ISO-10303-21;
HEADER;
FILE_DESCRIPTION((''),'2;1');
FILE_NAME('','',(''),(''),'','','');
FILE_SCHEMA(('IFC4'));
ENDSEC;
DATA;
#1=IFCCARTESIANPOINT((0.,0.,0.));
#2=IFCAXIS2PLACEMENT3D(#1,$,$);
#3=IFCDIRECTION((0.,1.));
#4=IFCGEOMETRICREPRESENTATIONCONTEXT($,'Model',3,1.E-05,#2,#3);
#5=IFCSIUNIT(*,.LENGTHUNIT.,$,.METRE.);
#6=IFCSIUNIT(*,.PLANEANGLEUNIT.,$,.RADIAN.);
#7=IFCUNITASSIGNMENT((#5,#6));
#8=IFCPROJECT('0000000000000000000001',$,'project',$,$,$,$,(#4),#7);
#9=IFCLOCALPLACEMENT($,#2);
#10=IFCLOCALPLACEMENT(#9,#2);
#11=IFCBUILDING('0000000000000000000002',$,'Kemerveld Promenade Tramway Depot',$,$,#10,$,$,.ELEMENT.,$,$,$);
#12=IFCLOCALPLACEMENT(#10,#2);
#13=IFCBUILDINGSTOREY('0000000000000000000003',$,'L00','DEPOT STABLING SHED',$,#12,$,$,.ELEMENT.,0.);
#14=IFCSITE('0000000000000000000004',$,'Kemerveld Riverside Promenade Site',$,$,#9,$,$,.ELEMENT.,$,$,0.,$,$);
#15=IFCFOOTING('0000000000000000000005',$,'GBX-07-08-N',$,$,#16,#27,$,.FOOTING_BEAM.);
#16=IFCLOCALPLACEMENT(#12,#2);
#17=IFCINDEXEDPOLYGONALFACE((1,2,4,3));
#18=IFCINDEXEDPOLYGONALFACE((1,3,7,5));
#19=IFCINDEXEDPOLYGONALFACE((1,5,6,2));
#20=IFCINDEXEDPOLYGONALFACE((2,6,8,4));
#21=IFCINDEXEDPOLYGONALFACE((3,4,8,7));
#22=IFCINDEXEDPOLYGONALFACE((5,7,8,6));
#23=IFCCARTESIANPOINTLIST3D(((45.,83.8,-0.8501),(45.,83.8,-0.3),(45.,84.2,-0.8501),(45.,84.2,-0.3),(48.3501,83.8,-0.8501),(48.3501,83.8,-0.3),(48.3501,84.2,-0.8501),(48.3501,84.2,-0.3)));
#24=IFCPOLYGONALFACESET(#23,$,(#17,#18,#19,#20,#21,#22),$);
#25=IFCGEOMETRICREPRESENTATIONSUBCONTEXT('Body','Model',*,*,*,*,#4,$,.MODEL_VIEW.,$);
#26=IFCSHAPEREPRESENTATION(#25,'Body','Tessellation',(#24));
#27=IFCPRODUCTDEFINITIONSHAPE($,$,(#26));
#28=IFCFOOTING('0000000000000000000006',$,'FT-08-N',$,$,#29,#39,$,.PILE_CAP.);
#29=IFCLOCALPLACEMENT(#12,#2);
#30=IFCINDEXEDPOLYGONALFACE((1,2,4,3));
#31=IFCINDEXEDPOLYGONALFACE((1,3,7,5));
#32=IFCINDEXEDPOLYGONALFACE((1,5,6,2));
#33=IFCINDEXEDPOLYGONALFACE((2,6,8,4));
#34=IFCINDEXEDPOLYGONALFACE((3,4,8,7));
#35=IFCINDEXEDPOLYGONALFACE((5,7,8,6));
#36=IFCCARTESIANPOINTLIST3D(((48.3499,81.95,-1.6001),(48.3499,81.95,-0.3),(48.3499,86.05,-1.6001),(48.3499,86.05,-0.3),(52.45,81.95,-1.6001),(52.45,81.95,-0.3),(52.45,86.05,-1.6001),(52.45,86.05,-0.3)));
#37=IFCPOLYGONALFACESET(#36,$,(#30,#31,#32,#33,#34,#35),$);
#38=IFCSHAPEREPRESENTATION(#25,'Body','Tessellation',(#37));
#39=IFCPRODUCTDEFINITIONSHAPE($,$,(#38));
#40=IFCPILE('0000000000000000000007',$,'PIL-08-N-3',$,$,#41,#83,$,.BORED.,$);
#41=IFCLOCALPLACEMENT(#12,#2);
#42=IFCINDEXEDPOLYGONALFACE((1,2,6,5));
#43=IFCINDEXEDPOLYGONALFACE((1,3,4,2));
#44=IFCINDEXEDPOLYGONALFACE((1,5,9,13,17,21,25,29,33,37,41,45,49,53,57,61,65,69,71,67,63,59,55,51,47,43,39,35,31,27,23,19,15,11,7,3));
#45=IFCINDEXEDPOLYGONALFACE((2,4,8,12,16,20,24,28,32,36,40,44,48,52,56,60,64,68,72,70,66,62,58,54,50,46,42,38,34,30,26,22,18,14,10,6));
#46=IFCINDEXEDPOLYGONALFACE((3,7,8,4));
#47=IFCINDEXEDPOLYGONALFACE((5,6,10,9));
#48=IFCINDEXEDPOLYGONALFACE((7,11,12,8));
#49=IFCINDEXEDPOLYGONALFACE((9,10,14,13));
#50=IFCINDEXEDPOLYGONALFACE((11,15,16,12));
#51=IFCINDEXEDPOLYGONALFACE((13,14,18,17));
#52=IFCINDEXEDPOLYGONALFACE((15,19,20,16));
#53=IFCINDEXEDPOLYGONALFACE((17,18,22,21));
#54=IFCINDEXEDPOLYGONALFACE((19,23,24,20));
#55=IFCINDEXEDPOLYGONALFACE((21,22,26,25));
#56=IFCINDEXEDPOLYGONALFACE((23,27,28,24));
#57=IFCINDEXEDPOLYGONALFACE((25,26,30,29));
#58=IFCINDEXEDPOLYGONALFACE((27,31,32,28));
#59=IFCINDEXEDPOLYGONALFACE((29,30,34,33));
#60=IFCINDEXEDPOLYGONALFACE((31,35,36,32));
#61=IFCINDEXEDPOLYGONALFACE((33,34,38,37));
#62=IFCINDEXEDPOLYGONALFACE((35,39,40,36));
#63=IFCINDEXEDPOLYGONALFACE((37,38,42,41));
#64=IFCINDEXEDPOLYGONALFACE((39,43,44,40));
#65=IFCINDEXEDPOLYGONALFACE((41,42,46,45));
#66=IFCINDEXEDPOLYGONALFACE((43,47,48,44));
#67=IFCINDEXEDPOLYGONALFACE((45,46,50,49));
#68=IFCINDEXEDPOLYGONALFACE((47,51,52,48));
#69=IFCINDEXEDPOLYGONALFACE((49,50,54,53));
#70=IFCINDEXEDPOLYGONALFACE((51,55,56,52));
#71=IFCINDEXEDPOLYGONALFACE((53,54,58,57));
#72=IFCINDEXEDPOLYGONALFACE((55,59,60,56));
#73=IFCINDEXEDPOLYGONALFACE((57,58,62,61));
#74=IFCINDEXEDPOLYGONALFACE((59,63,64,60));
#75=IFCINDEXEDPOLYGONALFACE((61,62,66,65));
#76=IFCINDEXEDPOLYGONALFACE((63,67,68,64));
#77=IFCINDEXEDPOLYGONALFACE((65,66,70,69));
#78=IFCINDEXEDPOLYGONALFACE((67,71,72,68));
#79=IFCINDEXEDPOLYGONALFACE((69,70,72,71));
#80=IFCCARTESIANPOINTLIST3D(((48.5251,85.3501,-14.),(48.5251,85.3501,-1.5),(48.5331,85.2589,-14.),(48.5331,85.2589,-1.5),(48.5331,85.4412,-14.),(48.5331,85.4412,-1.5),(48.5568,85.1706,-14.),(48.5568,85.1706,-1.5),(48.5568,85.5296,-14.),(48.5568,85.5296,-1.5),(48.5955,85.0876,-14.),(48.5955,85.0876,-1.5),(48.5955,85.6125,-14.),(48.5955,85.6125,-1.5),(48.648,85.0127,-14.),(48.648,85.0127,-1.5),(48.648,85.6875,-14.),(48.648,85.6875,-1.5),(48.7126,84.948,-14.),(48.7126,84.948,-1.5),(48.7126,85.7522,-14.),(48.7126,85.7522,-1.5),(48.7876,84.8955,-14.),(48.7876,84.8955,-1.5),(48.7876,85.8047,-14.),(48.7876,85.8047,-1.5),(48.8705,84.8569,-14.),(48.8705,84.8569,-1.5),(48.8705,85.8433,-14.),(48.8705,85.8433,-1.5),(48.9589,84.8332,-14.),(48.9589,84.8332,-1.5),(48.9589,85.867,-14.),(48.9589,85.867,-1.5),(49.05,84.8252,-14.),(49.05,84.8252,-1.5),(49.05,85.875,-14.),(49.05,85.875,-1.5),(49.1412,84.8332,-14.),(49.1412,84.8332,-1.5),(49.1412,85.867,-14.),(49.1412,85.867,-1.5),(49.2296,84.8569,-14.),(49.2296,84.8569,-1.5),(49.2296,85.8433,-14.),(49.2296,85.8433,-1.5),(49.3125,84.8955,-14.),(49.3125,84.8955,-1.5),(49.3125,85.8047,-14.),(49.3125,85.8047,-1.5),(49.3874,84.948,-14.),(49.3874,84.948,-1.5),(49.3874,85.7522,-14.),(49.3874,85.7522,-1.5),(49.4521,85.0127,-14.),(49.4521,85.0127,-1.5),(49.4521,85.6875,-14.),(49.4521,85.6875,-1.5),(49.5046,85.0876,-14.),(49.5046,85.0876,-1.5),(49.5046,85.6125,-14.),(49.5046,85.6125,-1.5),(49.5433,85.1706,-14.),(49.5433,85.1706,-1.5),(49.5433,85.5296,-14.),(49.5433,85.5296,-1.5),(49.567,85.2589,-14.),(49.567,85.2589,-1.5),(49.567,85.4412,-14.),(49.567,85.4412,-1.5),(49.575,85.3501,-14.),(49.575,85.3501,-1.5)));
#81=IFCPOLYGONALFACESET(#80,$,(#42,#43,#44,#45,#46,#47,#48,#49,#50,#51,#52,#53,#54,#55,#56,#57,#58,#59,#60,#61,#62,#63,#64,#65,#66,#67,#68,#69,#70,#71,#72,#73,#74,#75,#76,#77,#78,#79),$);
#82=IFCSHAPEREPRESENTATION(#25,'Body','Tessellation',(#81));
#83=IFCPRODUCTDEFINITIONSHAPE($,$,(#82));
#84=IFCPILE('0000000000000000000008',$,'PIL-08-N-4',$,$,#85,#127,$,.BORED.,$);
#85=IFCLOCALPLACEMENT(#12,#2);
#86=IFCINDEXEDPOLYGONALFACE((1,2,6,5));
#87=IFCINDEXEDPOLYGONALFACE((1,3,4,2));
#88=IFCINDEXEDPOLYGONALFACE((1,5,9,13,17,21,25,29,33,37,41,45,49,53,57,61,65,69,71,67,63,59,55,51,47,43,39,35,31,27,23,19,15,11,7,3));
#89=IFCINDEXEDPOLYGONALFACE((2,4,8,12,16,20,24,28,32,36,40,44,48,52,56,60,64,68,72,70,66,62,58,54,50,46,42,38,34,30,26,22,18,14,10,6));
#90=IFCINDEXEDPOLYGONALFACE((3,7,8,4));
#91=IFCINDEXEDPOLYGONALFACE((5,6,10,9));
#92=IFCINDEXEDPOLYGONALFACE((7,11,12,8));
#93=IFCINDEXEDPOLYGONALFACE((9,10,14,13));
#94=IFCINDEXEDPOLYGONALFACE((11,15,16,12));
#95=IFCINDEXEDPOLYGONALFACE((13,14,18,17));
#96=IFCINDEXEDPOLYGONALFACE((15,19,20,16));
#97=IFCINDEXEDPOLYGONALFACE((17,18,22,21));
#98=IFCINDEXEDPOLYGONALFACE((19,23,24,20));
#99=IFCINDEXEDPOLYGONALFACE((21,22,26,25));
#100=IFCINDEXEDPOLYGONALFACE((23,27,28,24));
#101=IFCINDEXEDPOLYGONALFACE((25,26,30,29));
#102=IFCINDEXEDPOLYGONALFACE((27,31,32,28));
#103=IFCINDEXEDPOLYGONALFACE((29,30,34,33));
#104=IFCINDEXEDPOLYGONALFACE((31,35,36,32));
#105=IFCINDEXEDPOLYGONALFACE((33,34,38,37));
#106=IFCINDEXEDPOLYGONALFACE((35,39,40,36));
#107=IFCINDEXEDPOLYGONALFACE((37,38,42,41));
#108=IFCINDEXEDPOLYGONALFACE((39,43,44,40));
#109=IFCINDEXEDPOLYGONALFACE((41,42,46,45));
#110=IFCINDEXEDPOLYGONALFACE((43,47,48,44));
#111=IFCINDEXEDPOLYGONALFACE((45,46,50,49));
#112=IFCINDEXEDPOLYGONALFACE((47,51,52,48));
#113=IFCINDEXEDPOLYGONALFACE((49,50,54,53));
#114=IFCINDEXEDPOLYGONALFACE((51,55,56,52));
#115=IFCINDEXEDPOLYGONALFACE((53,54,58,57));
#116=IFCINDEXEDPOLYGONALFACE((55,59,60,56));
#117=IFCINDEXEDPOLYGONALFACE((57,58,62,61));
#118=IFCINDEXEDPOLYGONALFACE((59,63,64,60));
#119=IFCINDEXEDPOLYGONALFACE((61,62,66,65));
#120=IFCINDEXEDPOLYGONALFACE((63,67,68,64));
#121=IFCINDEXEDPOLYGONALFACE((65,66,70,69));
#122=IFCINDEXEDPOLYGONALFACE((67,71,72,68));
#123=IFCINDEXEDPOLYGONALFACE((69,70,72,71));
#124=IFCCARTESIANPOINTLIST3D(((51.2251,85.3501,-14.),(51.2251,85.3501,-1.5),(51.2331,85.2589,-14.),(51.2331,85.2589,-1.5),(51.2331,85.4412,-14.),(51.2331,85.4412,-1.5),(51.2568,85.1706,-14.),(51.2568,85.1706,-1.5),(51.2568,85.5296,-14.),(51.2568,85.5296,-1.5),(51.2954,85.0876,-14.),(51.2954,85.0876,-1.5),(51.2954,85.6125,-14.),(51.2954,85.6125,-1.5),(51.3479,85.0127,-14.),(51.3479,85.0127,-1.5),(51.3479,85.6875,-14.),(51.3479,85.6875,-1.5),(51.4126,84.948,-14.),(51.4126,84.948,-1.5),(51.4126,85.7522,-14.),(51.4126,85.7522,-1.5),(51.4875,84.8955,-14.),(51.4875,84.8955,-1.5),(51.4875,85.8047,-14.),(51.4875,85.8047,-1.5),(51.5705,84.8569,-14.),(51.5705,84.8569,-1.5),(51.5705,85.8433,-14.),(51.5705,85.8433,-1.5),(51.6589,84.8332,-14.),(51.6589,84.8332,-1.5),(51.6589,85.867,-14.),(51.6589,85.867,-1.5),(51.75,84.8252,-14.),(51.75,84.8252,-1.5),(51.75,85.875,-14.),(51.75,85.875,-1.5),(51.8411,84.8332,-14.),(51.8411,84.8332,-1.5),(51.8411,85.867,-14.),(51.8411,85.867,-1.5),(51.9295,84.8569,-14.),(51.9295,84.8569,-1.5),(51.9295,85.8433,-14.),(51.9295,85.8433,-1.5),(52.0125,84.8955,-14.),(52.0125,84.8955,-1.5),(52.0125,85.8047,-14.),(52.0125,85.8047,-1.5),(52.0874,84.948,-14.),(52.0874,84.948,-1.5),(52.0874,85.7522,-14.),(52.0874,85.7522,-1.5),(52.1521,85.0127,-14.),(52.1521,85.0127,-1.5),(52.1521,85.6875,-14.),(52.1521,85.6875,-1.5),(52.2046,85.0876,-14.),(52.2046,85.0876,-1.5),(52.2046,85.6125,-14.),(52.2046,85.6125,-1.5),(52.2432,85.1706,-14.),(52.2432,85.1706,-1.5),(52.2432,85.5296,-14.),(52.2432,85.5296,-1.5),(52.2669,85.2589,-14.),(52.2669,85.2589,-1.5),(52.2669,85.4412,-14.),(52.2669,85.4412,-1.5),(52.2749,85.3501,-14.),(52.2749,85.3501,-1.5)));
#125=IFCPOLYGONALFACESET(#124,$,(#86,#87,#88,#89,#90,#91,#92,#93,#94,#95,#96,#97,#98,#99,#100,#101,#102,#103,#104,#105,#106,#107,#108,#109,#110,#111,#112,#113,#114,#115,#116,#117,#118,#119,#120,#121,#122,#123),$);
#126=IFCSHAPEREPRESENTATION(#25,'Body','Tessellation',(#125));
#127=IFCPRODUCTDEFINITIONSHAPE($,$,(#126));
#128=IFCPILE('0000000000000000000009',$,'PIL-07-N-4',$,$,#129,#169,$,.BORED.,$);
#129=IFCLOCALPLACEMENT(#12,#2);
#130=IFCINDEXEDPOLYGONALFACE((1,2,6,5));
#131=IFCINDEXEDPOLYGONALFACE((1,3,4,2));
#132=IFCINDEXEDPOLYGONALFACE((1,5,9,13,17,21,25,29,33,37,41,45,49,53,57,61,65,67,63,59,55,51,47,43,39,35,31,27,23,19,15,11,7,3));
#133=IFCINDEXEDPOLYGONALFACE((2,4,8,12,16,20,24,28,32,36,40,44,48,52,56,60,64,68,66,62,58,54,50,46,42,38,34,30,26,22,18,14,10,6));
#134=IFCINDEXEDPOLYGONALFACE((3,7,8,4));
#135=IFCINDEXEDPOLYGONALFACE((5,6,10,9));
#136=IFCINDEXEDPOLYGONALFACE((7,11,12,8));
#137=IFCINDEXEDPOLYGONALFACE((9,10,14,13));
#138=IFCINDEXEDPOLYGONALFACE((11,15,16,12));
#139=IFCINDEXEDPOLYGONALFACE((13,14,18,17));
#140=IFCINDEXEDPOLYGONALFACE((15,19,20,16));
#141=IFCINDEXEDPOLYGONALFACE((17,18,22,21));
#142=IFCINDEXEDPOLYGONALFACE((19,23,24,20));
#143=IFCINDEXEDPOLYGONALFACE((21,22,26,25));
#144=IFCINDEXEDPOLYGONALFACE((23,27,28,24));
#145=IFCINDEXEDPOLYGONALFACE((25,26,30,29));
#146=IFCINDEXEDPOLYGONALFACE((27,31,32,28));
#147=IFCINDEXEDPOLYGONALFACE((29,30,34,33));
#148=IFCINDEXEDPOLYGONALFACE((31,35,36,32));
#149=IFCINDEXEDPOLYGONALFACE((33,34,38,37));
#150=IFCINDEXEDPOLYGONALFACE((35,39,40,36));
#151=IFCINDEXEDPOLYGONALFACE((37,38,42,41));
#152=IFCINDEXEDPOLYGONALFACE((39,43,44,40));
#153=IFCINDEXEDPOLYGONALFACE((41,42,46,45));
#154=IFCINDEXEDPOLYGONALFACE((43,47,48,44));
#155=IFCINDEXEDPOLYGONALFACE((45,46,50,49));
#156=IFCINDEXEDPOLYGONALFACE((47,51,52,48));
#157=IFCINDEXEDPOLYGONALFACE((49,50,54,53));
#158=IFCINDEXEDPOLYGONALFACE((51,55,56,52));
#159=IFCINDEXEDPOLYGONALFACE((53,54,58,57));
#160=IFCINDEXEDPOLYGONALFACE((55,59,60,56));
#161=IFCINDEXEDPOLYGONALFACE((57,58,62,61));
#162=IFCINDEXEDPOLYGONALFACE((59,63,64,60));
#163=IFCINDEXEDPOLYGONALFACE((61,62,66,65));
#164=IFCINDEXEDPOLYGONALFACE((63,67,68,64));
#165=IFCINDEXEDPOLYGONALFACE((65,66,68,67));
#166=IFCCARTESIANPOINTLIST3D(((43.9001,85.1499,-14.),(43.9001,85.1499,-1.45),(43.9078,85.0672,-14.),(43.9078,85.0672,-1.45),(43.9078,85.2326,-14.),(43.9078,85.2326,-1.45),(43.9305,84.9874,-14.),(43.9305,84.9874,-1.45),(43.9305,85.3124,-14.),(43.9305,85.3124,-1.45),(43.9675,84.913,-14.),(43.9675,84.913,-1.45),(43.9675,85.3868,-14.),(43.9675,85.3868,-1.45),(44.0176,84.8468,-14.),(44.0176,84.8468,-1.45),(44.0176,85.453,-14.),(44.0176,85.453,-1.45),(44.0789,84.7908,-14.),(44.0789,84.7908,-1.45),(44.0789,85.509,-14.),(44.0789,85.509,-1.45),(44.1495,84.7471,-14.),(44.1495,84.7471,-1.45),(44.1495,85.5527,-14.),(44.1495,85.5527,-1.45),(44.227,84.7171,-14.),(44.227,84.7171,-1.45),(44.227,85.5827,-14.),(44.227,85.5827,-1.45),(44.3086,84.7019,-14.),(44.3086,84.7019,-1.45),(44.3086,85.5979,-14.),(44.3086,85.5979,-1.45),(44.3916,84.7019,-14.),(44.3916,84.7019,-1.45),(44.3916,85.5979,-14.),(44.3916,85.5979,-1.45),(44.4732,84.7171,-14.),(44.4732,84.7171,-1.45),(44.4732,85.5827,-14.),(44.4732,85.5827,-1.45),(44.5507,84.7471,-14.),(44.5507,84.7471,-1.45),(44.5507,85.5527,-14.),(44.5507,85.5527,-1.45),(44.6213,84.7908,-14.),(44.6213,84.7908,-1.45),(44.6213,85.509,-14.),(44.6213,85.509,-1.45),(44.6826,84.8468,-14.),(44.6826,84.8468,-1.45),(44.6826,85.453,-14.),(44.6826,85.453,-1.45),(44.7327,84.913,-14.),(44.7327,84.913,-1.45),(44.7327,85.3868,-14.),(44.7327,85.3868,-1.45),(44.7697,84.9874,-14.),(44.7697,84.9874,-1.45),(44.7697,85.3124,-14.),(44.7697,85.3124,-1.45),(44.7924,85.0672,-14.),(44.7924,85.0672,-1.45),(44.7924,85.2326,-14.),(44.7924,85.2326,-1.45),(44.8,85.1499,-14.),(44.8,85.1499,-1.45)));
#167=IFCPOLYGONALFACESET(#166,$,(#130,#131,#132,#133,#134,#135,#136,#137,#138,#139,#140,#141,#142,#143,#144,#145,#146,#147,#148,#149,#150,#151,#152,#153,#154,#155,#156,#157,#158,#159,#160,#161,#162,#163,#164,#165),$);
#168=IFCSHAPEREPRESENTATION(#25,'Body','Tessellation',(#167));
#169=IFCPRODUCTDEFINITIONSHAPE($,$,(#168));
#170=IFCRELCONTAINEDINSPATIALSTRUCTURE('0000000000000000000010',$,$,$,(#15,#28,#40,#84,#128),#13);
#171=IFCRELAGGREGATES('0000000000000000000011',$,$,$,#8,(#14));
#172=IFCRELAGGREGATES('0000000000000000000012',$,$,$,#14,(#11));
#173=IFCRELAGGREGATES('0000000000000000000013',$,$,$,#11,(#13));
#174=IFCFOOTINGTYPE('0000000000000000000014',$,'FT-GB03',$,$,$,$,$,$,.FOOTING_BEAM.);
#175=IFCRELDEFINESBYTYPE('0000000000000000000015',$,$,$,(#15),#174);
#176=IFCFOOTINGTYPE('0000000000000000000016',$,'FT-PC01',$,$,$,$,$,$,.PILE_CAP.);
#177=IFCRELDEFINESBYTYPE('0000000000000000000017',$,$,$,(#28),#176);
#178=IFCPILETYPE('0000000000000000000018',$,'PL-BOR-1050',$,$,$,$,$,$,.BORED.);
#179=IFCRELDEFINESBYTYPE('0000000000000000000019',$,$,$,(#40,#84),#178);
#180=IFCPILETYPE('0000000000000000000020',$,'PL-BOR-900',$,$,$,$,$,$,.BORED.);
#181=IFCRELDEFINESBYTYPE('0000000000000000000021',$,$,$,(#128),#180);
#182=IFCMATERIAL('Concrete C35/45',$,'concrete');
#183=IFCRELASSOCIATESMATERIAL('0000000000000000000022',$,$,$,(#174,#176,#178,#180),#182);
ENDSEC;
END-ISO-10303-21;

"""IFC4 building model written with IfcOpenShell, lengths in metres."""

from ifc_helpers import new_model, si_unit, direction, frame, origin, origin_2d, place, context, subcontext, project, spatial, rectangle, circle, extrude, material, material_profile, profile_set, type_object, element, save


model = new_model("IFC4")

# Units and contexts
model_context = context("Model", 3, precision=1e-05, world=origin(), true_north=direction((0.0, 1.0)))
body_context = subcontext(model_context, "Body", "Model", "MODEL_VIEW")
ifc_project = project(units=[si_unit("LENGTHUNIT", "METRE"), si_unit("PLANEANGLEUNIT", "RADIAN")], contexts=[model_context])

# Site, building, storey
site_placement = place(None, origin())
site = spatial("IfcSite", under=ifc_project, at=site_placement, Name="Kemerveld Riverside Promenade Site", CompositionType="ELEMENT", RefElevation=0.0)
building_placement = place(site_placement, origin())
building = spatial("IfcBuilding", under=site, at=building_placement, Name="Kemerveld Promenade Tramway Depot", CompositionType="ELEMENT")
storey_placement = place(building_placement, origin())
storey = spatial("IfcBuildingStorey", under=building, at=storey_placement, Name="L00", Description="DEPOT STABLING SHED", CompositionType="ELEMENT", Elevation=0.0)

# Footings
ifc_material_1 = material(Name="Concrete C35/45", Category="concrete")
footing_type_1 = type_object("IfcFootingType", Name="FT-GB03", PredefinedType="FOOTING_BEAM", material=ifc_material_1)
footing_1_placement = place(storey_placement, frame((46.675, 84.0, -0.8501), z_axis=(0.0, 0.0, 1.0), x_axis=(1.0, 0.0, 0.0)))
element("IfcFooting", 1, at=footing_1_placement, inside=storey, type_object=footing_type_1, Name="GBX-07-08-N", PredefinedType="FOOTING_BEAM", context=body_context, shape_type="SweptSolid", body=[
    extrude(rectangle(XDim=3.3501, YDim=0.3999, at=origin_2d()), origin(), (0.0, 0.0, 1.0), 0.55),
])
footing_type_2 = type_object("IfcFootingType", Name="FT-PC01", PredefinedType="PILE_CAP", material=ifc_material_1)
footing_2_placement = place(storey_placement, frame((50.3999, 84.0, -1.6001), z_axis=(0.0, 0.0, 1.0), x_axis=(1.0, 0.0, 0.0)))
element("IfcFooting", 2, at=footing_2_placement, inside=storey, type_object=footing_type_2, Name="FT-08-N", PredefinedType="PILE_CAP", context=body_context, shape_type="SweptSolid", body=[
    extrude(rectangle(XDim=4.1001, YDim=4.1001, at=origin_2d()), origin(), (0.0, 0.0, 1.0), 1.3),
])

# Piles
ifc_material_profile_1 = material_profile(ifc_material_1, circle(Radius=0.5249, at=origin_2d()), Name="PILE-D1050")
ifc_profile_set_1 = profile_set([ifc_material_profile_1], Name="Concrete C35/45")
pile_type_1 = type_object("IfcPileType", Name="PL-BOR-1050", PredefinedType="BORED", material=ifc_profile_set_1)
for number, where, z_axis, x_axis, name in (
    (3, (49.05, 85.3501, -1.5), (0.0, 0.0, -1.0), (1.0, 0.0, 0.0), "PIL-08-N-3"),
    (4, (51.75, 85.3501, -1.5), (0.0, 0.0, -1.0), (1.0, 0.0, 0.0), "PIL-08-N-4"),
):
    element("IfcPile", number, at=place(storey_placement, frame(where, z_axis=z_axis, x_axis=x_axis)), inside=storey, type_object=pile_type_1, Name=name, PredefinedType="BORED", context=body_context, shape_type="SweptSolid", body=[
        extrude(circle(Radius=0.5249, at=origin_2d()), origin(), (0.0, 0.0, 1.0), 12.5),
    ])
ifc_material_profile_2 = material_profile(ifc_material_1, circle(Radius=0.45, at=origin_2d()), Name="PILE-D900")
ifc_profile_set_2 = profile_set([ifc_material_profile_2], Name="Concrete C35/45")
pile_type_2 = type_object("IfcPileType", Name="PL-BOR-900", PredefinedType="BORED", material=ifc_profile_set_2)
pile_placement = place(storey_placement, frame((44.3501, 85.1499, -1.45), z_axis=(0.0, 0.0, -1.0), x_axis=(1.0, 0.0, 0.0)))
element("IfcPile", 5, at=pile_placement, inside=storey, type_object=pile_type_2, Name="PIL-07-N-4", PredefinedType="BORED", context=body_context, shape_type="SweptSolid", body=[
    extrude(circle(Radius=0.45, at=origin_2d()), origin(), (0.0, 0.0, 1.0), 12.55),
])

save(model, "model.ifc")
